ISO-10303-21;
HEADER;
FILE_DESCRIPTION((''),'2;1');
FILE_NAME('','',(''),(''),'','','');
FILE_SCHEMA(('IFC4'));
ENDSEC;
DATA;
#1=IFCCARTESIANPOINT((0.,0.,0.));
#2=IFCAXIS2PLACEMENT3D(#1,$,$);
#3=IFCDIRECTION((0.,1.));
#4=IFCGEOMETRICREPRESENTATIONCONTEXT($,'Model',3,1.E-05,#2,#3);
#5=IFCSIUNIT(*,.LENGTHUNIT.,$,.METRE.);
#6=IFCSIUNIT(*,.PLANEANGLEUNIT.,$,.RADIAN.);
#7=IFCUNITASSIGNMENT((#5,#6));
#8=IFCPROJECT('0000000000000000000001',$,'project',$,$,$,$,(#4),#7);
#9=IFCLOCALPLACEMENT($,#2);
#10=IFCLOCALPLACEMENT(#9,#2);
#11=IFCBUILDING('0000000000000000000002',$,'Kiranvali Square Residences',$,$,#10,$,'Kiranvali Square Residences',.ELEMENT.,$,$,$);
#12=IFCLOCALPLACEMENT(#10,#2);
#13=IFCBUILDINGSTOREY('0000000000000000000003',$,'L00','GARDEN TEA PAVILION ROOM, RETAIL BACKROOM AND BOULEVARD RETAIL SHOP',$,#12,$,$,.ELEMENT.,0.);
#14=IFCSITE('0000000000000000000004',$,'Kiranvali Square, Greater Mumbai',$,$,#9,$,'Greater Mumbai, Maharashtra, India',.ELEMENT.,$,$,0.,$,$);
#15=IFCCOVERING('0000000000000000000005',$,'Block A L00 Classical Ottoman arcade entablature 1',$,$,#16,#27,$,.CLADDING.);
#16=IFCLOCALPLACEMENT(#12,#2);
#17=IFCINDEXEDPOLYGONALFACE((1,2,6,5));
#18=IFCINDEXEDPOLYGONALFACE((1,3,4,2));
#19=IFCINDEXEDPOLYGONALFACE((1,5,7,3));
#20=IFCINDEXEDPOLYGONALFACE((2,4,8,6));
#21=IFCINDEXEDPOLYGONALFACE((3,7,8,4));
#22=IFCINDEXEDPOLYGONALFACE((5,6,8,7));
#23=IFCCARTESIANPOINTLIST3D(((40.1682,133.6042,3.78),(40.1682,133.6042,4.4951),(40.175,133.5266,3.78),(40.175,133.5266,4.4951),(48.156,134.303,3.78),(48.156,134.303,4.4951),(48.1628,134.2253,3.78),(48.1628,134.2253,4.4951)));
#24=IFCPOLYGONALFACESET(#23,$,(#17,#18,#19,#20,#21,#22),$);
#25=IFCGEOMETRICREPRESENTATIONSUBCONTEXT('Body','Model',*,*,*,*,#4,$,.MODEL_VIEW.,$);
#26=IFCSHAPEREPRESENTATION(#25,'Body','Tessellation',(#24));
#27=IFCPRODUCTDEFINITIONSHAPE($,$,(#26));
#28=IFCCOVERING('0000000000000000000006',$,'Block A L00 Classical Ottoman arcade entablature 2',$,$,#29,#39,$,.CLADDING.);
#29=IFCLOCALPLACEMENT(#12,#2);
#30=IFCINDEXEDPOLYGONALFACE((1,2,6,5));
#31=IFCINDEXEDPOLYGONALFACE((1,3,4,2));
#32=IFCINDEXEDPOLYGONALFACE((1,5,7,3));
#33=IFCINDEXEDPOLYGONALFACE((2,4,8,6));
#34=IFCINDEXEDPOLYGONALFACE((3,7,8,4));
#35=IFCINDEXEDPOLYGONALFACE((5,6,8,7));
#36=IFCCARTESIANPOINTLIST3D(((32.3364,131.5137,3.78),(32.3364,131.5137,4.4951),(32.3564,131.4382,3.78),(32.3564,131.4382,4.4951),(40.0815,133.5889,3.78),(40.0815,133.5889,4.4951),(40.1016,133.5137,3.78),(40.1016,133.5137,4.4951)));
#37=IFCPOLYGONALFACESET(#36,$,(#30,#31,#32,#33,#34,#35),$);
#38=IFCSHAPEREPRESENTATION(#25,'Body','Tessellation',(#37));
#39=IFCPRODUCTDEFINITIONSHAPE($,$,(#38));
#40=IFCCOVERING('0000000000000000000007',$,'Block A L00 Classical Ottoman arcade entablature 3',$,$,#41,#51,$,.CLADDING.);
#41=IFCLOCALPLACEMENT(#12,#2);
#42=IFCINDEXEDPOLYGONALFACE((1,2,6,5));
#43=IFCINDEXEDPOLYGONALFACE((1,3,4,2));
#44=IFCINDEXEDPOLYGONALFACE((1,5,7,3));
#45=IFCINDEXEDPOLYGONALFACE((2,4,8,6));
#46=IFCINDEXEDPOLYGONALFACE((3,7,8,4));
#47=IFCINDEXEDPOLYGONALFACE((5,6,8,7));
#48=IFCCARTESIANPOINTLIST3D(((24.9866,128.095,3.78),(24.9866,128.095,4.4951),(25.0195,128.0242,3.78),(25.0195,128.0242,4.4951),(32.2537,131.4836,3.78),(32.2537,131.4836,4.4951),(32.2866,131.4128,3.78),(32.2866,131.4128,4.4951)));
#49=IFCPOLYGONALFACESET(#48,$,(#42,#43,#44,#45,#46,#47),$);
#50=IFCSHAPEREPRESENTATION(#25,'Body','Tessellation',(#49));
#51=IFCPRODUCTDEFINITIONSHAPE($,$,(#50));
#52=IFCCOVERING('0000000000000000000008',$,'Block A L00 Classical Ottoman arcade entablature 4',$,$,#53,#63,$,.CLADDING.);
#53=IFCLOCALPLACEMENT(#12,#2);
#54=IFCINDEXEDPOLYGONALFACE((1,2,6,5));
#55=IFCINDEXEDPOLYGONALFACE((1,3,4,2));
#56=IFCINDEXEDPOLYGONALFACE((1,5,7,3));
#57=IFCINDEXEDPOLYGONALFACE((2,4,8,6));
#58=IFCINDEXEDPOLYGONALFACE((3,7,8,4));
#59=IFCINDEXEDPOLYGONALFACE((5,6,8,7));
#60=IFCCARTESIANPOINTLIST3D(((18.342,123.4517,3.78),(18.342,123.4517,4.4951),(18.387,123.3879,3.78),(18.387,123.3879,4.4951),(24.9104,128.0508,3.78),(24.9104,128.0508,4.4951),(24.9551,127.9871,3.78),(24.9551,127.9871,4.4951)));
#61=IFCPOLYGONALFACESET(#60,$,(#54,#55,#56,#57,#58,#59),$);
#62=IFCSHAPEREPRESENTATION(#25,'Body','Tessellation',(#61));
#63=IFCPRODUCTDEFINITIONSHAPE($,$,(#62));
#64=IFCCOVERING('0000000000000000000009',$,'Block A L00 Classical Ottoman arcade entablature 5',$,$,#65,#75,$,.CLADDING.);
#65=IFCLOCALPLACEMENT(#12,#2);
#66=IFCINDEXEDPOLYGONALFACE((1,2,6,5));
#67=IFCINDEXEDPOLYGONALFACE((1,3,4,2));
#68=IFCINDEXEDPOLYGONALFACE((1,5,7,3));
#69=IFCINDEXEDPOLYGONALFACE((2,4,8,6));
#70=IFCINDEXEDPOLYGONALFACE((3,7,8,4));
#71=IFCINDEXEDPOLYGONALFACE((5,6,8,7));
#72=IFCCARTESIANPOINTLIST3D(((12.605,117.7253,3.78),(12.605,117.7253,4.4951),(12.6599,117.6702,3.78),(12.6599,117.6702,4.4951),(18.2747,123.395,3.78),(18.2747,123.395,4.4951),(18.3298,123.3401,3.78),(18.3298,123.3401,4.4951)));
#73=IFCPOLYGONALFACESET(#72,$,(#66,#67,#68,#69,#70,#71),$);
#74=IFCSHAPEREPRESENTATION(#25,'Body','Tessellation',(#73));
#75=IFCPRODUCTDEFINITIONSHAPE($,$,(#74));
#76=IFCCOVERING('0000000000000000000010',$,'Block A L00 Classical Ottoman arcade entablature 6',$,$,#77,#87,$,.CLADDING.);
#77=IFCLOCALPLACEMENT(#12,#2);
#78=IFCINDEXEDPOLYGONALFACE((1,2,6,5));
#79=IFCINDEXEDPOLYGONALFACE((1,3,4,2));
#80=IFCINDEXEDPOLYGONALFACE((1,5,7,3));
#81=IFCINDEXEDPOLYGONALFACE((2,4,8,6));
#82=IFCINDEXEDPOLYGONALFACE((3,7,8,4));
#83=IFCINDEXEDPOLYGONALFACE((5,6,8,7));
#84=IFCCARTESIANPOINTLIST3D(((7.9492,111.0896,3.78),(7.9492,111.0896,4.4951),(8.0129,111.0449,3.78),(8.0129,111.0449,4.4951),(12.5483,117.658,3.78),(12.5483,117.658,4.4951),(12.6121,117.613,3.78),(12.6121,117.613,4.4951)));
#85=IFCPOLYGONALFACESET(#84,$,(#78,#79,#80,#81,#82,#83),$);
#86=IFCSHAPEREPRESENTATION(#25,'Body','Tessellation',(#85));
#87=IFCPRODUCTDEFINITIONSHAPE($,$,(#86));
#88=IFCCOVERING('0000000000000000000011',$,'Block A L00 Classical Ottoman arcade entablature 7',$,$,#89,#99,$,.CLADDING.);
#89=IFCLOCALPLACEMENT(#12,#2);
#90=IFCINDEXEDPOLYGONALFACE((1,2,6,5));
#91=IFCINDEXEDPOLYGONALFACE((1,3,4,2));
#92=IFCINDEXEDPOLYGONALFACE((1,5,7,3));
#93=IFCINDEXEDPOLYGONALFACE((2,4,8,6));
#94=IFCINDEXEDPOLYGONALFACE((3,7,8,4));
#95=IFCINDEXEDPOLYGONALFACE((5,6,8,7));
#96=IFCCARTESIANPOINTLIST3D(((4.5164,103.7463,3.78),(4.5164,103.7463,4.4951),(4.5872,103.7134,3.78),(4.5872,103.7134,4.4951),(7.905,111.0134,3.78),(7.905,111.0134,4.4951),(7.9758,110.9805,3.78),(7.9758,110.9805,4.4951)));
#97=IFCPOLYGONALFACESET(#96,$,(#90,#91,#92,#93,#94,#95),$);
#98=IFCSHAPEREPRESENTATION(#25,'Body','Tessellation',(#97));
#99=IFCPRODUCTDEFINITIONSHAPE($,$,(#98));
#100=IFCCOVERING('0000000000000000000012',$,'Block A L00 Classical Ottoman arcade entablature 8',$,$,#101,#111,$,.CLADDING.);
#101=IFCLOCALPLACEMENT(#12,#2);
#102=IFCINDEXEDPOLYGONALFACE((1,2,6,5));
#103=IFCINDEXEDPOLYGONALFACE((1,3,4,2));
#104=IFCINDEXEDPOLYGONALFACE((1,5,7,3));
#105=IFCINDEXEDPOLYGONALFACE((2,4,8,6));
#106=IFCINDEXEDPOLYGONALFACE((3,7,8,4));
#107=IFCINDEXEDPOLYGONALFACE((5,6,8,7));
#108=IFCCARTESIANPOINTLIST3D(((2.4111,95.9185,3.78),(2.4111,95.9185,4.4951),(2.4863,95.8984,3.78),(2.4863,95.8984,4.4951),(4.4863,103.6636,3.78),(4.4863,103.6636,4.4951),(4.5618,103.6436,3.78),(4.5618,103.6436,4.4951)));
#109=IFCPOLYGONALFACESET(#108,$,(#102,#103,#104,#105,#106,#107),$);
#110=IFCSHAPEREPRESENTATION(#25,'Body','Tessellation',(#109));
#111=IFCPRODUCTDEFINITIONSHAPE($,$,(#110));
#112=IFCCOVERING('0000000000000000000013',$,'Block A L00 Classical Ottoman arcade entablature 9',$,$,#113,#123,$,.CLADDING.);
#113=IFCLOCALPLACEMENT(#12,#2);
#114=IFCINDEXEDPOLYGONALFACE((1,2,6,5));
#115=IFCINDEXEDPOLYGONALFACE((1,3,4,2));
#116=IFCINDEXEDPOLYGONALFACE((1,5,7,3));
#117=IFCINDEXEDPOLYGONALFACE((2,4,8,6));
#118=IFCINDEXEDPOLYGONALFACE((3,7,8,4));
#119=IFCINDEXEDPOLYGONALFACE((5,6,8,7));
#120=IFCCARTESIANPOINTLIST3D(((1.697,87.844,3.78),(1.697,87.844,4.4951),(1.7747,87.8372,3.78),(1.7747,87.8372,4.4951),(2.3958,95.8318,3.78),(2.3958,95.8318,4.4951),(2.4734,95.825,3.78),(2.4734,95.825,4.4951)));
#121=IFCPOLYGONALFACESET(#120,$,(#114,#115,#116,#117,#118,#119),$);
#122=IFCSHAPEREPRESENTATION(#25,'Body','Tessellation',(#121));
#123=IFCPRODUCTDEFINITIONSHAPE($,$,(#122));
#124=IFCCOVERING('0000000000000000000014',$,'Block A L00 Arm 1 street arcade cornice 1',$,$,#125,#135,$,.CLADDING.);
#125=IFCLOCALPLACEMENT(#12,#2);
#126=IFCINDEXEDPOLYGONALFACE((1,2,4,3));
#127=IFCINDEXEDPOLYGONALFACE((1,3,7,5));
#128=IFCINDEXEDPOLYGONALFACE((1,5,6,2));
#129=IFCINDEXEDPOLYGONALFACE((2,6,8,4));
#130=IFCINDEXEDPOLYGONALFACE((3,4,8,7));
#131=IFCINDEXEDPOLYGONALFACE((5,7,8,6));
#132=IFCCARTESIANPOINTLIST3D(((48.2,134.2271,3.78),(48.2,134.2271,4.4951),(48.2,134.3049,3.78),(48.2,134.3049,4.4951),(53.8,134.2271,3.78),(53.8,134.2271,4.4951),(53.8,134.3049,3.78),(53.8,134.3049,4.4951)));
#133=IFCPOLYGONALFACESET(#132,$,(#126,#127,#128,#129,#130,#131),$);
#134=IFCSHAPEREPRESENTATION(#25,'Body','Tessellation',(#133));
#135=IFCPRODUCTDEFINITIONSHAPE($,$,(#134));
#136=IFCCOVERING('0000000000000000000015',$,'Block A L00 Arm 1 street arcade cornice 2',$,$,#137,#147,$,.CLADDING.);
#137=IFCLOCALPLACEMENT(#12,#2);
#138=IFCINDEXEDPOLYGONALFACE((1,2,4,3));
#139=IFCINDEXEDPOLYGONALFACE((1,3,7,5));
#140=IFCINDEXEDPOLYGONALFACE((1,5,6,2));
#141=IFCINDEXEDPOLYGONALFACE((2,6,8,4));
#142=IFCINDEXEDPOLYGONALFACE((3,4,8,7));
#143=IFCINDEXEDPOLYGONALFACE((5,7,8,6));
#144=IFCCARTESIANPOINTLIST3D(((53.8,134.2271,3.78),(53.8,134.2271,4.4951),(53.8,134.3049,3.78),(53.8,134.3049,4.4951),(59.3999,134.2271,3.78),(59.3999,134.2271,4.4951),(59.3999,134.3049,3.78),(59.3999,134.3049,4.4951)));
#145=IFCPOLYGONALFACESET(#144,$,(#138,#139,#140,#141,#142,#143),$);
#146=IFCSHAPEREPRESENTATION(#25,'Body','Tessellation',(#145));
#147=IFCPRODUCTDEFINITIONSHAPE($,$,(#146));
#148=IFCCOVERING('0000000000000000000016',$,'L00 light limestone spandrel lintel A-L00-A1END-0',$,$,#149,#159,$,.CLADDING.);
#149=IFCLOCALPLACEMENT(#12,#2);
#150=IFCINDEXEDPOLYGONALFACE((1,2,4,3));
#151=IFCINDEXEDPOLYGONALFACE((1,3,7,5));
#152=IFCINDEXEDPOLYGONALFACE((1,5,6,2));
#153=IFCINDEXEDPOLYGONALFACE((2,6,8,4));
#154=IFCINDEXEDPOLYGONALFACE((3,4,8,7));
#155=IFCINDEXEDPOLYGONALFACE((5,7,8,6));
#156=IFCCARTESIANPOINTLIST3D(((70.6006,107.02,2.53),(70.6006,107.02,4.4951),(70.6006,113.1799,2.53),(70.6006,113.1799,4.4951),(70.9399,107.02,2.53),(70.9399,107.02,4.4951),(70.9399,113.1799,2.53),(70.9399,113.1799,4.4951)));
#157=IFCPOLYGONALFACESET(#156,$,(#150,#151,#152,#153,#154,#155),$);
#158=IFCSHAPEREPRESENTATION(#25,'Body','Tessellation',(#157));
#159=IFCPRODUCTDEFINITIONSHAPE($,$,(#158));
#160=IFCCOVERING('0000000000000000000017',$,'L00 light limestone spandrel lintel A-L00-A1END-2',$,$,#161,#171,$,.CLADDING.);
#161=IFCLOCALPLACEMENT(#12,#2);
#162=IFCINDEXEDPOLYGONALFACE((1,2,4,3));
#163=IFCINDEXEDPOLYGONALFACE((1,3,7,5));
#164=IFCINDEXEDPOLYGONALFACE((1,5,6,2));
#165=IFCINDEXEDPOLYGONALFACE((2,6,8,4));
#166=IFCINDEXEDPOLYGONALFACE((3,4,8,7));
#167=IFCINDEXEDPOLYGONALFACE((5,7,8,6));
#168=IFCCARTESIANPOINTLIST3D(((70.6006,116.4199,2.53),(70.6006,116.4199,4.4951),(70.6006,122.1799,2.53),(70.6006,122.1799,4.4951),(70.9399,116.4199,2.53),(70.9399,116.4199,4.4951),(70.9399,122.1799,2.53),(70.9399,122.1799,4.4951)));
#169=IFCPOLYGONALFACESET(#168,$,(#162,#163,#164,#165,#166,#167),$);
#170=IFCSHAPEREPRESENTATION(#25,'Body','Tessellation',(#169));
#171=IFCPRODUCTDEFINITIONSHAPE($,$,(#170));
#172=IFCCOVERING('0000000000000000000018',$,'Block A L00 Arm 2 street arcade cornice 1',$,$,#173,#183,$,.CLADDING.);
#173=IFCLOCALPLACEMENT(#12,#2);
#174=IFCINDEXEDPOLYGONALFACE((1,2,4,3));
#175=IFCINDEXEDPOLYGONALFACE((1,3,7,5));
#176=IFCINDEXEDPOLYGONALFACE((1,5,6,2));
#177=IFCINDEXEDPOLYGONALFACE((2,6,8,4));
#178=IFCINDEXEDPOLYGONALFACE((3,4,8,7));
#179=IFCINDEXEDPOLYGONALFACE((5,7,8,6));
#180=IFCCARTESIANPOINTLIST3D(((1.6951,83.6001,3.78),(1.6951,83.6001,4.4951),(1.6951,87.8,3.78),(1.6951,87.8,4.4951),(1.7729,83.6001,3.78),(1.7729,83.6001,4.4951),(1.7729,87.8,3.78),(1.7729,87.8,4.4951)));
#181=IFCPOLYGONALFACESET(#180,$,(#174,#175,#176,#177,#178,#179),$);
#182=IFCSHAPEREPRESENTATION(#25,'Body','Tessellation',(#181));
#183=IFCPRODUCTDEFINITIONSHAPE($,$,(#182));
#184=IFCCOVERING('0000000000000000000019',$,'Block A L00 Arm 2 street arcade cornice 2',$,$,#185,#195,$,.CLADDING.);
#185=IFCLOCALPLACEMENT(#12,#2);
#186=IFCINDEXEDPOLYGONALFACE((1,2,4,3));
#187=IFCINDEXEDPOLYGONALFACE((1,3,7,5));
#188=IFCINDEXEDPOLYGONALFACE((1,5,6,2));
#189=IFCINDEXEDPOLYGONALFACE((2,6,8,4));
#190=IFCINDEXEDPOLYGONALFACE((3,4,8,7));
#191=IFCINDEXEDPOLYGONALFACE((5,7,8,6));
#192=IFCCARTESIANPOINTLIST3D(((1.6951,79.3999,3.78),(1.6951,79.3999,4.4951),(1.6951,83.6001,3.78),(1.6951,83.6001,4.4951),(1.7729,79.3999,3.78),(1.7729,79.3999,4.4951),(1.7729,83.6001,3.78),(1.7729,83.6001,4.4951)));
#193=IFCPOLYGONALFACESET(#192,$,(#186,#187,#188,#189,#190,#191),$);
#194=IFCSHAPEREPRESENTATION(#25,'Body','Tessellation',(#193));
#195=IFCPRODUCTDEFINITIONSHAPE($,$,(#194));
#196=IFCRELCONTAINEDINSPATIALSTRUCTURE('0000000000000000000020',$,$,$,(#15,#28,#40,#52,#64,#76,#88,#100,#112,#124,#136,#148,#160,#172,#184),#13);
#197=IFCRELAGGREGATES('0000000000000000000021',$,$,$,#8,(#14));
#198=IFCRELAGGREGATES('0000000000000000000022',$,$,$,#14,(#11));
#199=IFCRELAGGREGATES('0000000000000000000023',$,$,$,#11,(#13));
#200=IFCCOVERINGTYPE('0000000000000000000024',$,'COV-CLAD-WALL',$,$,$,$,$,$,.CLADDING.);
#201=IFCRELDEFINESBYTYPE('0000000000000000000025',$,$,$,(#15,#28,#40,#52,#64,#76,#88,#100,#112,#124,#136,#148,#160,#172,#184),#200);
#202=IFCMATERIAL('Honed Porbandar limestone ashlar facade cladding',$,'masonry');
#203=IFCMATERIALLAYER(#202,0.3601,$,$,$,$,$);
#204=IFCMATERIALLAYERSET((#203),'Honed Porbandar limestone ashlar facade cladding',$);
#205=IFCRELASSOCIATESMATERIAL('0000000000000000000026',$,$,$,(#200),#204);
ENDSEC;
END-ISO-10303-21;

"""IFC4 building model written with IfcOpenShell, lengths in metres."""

from ifc_helpers import new_model, si_unit, direction, frame, origin, place, context, subcontext, project, spatial, polyline, outline, extrude, material, layer, layer_set, type_object, element, save


model = new_model("IFC4")

# Units and contexts
model_context = context("Model", 3, precision=1e-05, world=origin(), true_north=direction((0.0, 1.0)))
body_context = subcontext(model_context, "Body", "Model", "MODEL_VIEW")
ifc_project = project(units=[si_unit("LENGTHUNIT", "METRE"), si_unit("PLANEANGLEUNIT", "RADIAN")], contexts=[model_context])

# Site, building, storey
site_placement = place(None, origin())
site = spatial("IfcSite", under=ifc_project, at=site_placement, Name="Kiranvali Square, Greater Mumbai", LongName="Greater Mumbai, Maharashtra, India", CompositionType="ELEMENT", RefElevation=0.0)
building_placement = place(site_placement, origin())
building = spatial("IfcBuilding", under=site, at=building_placement, Name="Kiranvali Square Residences", LongName="Kiranvali Square Residences", CompositionType="ELEMENT")
storey_placement = place(building_placement, origin())
storey = spatial("IfcBuildingStorey", under=building, at=storey_placement, Name="L00", Description="GARDEN TEA PAVILION ROOM, RETAIL BACKROOM AND BOULEVARD RETAIL SHOP", CompositionType="ELEMENT", Elevation=0.0)

# Coverings
ifc_material = material(Name="Honed Porbandar limestone ashlar facade cladding", Category="masonry")
ifc_layer = layer(ifc_material, 0.3601)
ifc_layer_set = layer_set([ifc_layer], Name="Honed Porbandar limestone ashlar facade cladding")
covering_type = type_object("IfcCoveringType", Name="COV-CLAD-WALL", PredefinedType="CLADDING", material=ifc_layer_set)
covering_1_placement = place(storey_placement, frame((0.0, 0.0, 3.78)))
element("IfcCovering", 1, at=covering_1_placement, inside=storey, type_object=covering_type, Name="Block A L00 Classical Ottoman arcade entablature 1", PredefinedType="CLADDING", context=body_context, shape_type="SweptSolid", body=[
    extrude(outline(polyline([(48.156, 134.303), (40.1682, 133.6042), (40.175, 133.5266), (48.1628, 134.2253), (48.156, 134.303)])), origin(), (0.0, 0.0, 1.0), 0.7151),
])
covering_2_placement = place(storey_placement, frame((0.0, 0.0, 3.78)))
element("IfcCovering", 2, at=covering_2_placement, inside=storey, type_object=covering_type, Name="Block A L00 Classical Ottoman arcade entablature 2", PredefinedType="CLADDING", context=body_context, shape_type="SweptSolid", body=[
    extrude(outline(polyline([(40.0815, 133.5889), (32.3364, 131.5137), (32.3564, 131.4382), (40.1016, 133.5137), (40.0815, 133.5889)])), origin(), (0.0, 0.0, 1.0), 0.7151),
])
covering_3_placement = place(storey_placement, frame((0.0, 0.0, 3.78)))
element("IfcCovering", 3, at=covering_3_placement, inside=storey, type_object=covering_type, Name="Block A L00 Classical Ottoman arcade entablature 3", PredefinedType="CLADDING", context=body_context, shape_type="SweptSolid", body=[
    extrude(outline(polyline([(32.2537, 131.4836), (24.9866, 128.095), (25.0195, 128.0242), (32.2866, 131.4128), (32.2537, 131.4836)])), origin(), (0.0, 0.0, 1.0), 0.7151),
])
covering_4_placement = place(storey_placement, frame((0.0, 0.0, 3.78)))
element("IfcCovering", 4, at=covering_4_placement, inside=storey, type_object=covering_type, Name="Block A L00 Classical Ottoman arcade entablature 4", PredefinedType="CLADDING", context=body_context, shape_type="SweptSolid", body=[
    extrude(outline(polyline([(24.9104, 128.0508), (18.342, 123.4517), (18.387, 123.3879), (24.9551, 127.9871), (24.9104, 128.0508)])), origin(), (0.0, 0.0, 1.0), 0.7151),
])
covering_5_placement = place(storey_placement, frame((0.0, 0.0, 3.78)))
element("IfcCovering", 5, at=covering_5_placement, inside=storey, type_object=covering_type, Name="Block A L00 Classical Ottoman arcade entablature 5", PredefinedType="CLADDING", context=body_context, shape_type="SweptSolid", body=[
    extrude(outline(polyline([(18.2747, 123.395), (12.605, 117.7253), (12.6599, 117.6702), (18.3298, 123.3401), (18.2747, 123.395)])), origin(), (0.0, 0.0, 1.0), 0.7151),
])
covering_6_placement = place(storey_placement, frame((0.0, 0.0, 3.78)))
element("IfcCovering", 6, at=covering_6_placement, inside=storey, type_object=covering_type, Name="Block A L00 Classical Ottoman arcade entablature 6", PredefinedType="CLADDING", context=body_context, shape_type="SweptSolid", body=[
    extrude(outline(polyline([(12.5483, 117.658), (7.9492, 111.0896), (8.0129, 111.0449), (12.6121, 117.613), (12.5483, 117.658)])), origin(), (0.0, 0.0, 1.0), 0.7151),
])
covering_7_placement = place(storey_placement, frame((0.0, 0.0, 3.78)))
element("IfcCovering", 7, at=covering_7_placement, inside=storey, type_object=covering_type, Name="Block A L00 Classical Ottoman arcade entablature 7", PredefinedType="CLADDING", context=body_context, shape_type="SweptSolid", body=[
    extrude(outline(polyline([(7.905, 111.0134), (4.5164, 103.7463), (4.5872, 103.7134), (7.9758, 110.9805), (7.905, 111.0134)])), origin(), (0.0, 0.0, 1.0), 0.7151),
])
covering_8_placement = place(storey_placement, frame((0.0, 0.0, 3.78)))
element("IfcCovering", 8, at=covering_8_placement, inside=storey, type_object=covering_type, Name="Block A L00 Classical Ottoman arcade entablature 8", PredefinedType="CLADDING", context=body_context, shape_type="SweptSolid", body=[
    extrude(outline(polyline([(4.4863, 103.6636), (2.4111, 95.9185), (2.4863, 95.8984), (4.5618, 103.6436), (4.4863, 103.6636)])), origin(), (0.0, 0.0, 1.0), 0.7151),
])
covering_9_placement = place(storey_placement, frame((0.0, 0.0, 3.78)))
element("IfcCovering", 9, at=covering_9_placement, inside=storey, type_object=covering_type, Name="Block A L00 Classical Ottoman arcade entablature 9", PredefinedType="CLADDING", context=body_context, shape_type="SweptSolid", body=[
    extrude(outline(polyline([(2.3958, 95.8318), (1.697, 87.844), (1.7747, 87.8372), (2.4734, 95.825), (2.3958, 95.8318)])), origin(), (0.0, 0.0, 1.0), 0.7151),
])
covering_10_placement = place(storey_placement, frame((0.0, 0.0, 3.78)))
element("IfcCovering", 10, at=covering_10_placement, inside=storey, type_object=covering_type, Name="Block A L00 Arm 1 street arcade cornice 1", PredefinedType="CLADDING", context=body_context, shape_type="SweptSolid", body=[
    extrude(outline(polyline([(48.2, 134.2271), (53.8, 134.2271), (53.8, 134.3049), (48.2, 134.3049), (48.2, 134.2271)])), origin(), (0.0, 0.0, 1.0), 0.7151),
])
covering_11_placement = place(storey_placement, frame((0.0, 0.0, 3.78)))
element("IfcCovering", 11, at=covering_11_placement, inside=storey, type_object=covering_type, Name="Block A L00 Arm 1 street arcade cornice 2", PredefinedType="CLADDING", context=body_context, shape_type="SweptSolid", body=[
    extrude(outline(polyline([(53.8, 134.2271), (59.3999, 134.2271), (59.3999, 134.3049), (53.8, 134.3049), (53.8, 134.2271)])), origin(), (0.0, 0.0, 1.0), 0.7151),
])
covering_12_placement = place(storey_placement, frame((0.0, 0.0, 2.53)))
element("IfcCovering", 12, at=covering_12_placement, inside=storey, type_object=covering_type, Name="L00 light limestone spandrel lintel A-L00-A1END-0", PredefinedType="CLADDING", context=body_context, shape_type="SweptSolid", body=[
    extrude(outline(polyline([(70.9399, 107.02), (70.9399, 113.1799), (70.6006, 113.1799), (70.6006, 107.02), (70.9399, 107.02)])), origin(), (0.0, 0.0, 1.0), 1.9651),
])
covering_13_placement = place(storey_placement, frame((0.0, 0.0, 2.53)))
element("IfcCovering", 13, at=covering_13_placement, inside=storey, type_object=covering_type, Name="L00 light limestone spandrel lintel A-L00-A1END-2", PredefinedType="CLADDING", context=body_context, shape_type="SweptSolid", body=[
    extrude(outline(polyline([(70.9399, 116.4199), (70.9399, 122.1799), (70.6006, 122.1799), (70.6006, 116.4199), (70.9399, 116.4199)])), origin(), (0.0, 0.0, 1.0), 1.9651),
])
covering_14_placement = place(storey_placement, frame((0.0, 0.0, 3.78)))
element("IfcCovering", 14, at=covering_14_placement, inside=storey, type_object=covering_type, Name="Block A L00 Arm 2 street arcade cornice 1", PredefinedType="CLADDING", context=body_context, shape_type="SweptSolid", body=[
    extrude(outline(polyline([(1.6951, 87.8), (1.6951, 83.6001), (1.7729, 83.6001), (1.7729, 87.8), (1.6951, 87.8)])), origin(), (0.0, 0.0, 1.0), 0.7151),
])
covering_15_placement = place(storey_placement, frame((0.0, 0.0, 3.78)))
element("IfcCovering", 15, at=covering_15_placement, inside=storey, type_object=covering_type, Name="Block A L00 Arm 2 street arcade cornice 2", PredefinedType="CLADDING", context=body_context, shape_type="SweptSolid", body=[
    extrude(outline(polyline([(1.6951, 83.6001), (1.6951, 79.3999), (1.7729, 79.3999), (1.7729, 83.6001), (1.6951, 83.6001)])), origin(), (0.0, 0.0, 1.0), 0.7151),
])

save(model, "model.ifc")
